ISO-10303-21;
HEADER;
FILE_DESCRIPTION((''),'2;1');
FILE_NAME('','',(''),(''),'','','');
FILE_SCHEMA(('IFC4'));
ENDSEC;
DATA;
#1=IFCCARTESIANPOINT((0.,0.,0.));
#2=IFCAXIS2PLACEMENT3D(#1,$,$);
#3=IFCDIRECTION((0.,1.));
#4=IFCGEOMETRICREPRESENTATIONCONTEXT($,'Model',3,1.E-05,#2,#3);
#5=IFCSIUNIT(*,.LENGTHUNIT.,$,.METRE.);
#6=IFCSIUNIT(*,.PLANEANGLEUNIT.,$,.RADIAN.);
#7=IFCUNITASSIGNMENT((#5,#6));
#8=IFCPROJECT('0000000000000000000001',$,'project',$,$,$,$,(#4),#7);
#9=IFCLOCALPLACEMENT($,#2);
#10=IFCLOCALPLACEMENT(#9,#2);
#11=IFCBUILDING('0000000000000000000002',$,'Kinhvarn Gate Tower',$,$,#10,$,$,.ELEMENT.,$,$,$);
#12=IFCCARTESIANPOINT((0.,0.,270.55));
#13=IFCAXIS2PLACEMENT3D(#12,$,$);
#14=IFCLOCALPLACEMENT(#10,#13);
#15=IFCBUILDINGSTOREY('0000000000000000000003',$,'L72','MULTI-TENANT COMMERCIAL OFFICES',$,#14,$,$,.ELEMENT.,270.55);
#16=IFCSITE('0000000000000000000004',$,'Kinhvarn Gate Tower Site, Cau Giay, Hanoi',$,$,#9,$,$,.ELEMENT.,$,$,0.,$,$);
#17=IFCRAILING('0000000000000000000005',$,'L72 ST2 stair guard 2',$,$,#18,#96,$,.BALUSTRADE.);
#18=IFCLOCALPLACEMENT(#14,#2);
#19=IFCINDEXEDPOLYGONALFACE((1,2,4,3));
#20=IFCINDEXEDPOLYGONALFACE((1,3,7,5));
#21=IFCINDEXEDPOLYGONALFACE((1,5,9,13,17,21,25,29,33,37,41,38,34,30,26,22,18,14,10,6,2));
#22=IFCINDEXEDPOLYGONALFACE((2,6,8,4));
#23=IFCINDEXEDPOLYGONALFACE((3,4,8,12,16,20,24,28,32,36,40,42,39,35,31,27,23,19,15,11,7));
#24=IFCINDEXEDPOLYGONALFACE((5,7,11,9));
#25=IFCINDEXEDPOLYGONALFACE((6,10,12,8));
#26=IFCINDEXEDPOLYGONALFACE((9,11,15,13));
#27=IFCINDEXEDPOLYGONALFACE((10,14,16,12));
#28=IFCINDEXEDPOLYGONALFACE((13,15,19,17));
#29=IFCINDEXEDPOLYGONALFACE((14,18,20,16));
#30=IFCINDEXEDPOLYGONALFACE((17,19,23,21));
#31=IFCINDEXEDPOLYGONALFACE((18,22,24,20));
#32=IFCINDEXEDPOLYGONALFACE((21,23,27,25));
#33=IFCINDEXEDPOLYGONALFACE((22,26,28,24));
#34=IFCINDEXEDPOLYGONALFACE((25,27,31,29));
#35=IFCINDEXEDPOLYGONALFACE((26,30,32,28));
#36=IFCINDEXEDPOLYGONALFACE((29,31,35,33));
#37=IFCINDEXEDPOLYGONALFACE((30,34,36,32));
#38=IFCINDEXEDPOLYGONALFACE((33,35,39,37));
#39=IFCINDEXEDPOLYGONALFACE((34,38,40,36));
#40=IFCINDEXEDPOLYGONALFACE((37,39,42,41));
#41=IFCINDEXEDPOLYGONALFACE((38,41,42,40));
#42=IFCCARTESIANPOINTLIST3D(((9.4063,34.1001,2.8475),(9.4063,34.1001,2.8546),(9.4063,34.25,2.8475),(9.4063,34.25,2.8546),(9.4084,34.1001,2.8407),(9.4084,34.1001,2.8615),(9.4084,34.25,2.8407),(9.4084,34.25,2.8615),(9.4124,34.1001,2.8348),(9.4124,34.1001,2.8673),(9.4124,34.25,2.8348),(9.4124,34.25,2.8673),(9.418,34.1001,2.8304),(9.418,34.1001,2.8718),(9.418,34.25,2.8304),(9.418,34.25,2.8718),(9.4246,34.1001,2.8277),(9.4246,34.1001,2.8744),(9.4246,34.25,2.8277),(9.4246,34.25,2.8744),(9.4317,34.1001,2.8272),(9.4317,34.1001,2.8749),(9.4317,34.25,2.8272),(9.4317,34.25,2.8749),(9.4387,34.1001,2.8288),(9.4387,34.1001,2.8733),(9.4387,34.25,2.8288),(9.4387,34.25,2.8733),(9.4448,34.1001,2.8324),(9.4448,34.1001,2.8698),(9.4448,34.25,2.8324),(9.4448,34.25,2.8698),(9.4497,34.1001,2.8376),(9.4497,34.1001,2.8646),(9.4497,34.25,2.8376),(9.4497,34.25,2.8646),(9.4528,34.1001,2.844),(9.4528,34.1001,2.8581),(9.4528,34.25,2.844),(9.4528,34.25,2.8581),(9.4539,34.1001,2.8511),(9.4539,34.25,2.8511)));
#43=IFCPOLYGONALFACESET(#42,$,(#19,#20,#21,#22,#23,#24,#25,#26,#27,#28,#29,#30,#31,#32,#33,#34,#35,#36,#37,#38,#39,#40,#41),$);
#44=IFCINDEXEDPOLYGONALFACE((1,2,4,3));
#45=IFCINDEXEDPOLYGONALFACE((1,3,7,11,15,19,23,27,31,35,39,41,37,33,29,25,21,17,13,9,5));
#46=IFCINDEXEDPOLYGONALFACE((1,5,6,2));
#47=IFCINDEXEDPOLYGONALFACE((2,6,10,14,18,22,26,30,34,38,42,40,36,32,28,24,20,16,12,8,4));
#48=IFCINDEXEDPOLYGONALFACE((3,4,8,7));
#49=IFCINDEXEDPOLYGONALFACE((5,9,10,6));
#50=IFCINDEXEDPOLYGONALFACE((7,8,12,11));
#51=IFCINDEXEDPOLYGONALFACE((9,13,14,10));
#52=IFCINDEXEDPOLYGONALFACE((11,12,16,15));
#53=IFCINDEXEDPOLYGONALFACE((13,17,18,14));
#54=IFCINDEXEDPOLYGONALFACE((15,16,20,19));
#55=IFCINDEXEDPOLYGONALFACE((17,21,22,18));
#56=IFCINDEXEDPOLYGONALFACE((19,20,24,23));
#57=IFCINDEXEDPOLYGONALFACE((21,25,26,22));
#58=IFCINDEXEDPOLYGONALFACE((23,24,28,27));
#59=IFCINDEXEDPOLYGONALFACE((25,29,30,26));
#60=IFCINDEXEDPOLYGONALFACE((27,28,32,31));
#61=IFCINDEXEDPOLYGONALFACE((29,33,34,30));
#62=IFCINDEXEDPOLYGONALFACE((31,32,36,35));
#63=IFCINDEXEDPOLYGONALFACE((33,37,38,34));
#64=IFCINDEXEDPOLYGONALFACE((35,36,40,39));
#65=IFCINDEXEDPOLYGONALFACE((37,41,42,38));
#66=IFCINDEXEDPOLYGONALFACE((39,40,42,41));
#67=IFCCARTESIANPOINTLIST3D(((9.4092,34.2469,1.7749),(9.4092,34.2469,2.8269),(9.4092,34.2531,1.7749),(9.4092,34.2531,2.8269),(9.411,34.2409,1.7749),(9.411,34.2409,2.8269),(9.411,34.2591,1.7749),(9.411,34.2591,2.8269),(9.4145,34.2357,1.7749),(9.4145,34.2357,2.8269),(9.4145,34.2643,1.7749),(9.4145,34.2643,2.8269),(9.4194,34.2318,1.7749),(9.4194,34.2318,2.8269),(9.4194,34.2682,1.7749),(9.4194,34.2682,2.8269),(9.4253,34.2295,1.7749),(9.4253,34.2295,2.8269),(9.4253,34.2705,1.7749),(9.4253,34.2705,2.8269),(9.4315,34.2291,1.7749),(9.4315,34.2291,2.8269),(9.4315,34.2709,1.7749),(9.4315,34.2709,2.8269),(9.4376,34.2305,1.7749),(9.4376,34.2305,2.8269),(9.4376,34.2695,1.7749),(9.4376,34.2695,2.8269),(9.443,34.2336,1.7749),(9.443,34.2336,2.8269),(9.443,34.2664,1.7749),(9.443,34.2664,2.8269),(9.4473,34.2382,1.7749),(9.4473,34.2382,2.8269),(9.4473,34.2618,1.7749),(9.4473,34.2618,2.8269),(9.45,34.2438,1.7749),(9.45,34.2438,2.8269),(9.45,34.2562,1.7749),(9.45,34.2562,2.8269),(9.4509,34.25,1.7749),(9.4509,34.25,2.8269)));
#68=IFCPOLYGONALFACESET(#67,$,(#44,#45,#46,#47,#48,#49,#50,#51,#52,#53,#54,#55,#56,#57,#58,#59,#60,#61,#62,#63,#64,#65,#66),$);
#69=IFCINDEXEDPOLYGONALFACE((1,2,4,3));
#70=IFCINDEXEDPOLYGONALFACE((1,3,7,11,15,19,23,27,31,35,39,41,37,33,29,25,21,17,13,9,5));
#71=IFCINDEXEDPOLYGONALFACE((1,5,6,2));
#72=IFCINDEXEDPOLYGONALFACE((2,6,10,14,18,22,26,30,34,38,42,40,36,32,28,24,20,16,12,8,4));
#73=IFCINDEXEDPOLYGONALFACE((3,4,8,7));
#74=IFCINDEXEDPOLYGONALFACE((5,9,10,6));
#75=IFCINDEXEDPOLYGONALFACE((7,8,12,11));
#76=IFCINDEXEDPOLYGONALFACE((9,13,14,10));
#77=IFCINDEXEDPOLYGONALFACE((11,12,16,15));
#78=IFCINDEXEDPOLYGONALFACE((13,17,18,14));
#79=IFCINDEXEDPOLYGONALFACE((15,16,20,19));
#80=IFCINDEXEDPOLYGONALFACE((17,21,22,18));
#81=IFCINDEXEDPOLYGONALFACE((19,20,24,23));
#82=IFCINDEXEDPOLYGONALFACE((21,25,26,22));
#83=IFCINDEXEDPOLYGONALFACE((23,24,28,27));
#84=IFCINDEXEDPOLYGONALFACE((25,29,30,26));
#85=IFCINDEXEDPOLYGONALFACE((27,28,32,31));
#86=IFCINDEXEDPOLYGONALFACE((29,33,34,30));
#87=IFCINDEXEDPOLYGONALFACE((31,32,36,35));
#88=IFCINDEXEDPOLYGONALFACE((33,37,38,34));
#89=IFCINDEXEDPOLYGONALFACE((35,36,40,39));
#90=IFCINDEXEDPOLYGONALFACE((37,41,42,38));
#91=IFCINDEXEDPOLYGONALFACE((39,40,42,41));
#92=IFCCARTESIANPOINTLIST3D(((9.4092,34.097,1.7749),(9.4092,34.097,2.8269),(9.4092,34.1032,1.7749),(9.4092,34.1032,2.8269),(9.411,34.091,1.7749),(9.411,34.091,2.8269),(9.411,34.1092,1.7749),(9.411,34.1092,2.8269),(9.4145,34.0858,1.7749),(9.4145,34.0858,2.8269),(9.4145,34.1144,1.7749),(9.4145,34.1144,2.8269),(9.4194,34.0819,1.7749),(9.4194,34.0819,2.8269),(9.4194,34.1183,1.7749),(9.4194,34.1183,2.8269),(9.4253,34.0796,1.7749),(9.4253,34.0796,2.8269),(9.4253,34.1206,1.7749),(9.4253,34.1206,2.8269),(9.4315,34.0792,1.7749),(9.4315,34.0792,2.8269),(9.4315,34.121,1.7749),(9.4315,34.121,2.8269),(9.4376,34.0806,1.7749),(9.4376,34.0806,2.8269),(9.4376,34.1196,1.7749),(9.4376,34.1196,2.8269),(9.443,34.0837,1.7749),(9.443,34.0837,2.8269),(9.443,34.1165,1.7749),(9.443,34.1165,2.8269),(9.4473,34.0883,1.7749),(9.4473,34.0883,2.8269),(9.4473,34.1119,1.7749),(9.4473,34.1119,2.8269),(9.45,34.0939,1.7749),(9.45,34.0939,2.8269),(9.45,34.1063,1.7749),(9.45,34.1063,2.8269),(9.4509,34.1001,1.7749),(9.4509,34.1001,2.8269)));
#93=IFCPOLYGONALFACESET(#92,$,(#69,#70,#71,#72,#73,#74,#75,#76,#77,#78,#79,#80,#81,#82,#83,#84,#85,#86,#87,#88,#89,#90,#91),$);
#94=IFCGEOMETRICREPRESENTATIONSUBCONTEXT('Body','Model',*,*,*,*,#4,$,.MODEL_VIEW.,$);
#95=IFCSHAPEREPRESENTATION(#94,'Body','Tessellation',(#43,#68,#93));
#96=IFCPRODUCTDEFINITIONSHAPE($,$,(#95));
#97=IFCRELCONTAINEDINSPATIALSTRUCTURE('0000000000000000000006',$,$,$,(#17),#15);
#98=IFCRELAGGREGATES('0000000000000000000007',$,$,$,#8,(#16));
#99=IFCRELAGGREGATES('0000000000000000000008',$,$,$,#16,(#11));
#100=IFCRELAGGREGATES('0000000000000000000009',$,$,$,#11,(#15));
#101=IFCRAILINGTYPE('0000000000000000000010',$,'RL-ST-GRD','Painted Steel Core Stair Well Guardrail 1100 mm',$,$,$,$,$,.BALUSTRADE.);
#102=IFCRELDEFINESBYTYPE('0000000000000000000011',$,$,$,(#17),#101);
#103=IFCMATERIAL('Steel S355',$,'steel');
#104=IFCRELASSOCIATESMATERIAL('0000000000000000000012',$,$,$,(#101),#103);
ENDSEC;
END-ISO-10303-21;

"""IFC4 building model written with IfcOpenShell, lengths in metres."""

from ifc_helpers import new_model, si_unit, direction, frame, origin, origin_2d, place, context, subcontext, project, spatial, circle, extrude, material, type_object, element, save


model = new_model("IFC4")

# Units and contexts
model_context = context("Model", 3, precision=1e-05, world=origin(), true_north=direction((0.0, 1.0)))
body_context = subcontext(model_context, "Body", "Model", "MODEL_VIEW")
ifc_project = project(units=[si_unit("LENGTHUNIT", "METRE"), si_unit("PLANEANGLEUNIT", "RADIAN")], contexts=[model_context])

# Site, building, storey
site_placement = place(None, origin())
site = spatial("IfcSite", under=ifc_project, at=site_placement, Name="Kinhvarn Gate Tower Site, Cau Giay, Hanoi", CompositionType="ELEMENT", RefElevation=0.0)
building_placement = place(site_placement, origin())
building = spatial("IfcBuilding", under=site, at=building_placement, Name="Kinhvarn Gate Tower", CompositionType="ELEMENT")
storey_placement = place(building_placement, frame((0.0, 0.0, 270.55)))
storey = spatial("IfcBuildingStorey", under=building, at=storey_placement, Name="L72", Description="MULTI-TENANT COMMERCIAL OFFICES", CompositionType="ELEMENT", Elevation=270.55)

# Railing
ifc_material_1 = material(Name="Steel S355", Category="steel")
railing_type_1 = type_object("IfcRailingType", Name="RL-ST-GRD", Description="Painted Steel Core Stair Well Guardrail 1100 mm", PredefinedType="BALUSTRADE", material=ifc_material_1)
railing_1_placement = place(storey_placement, frame((9.4299, 34.25, 1.7749)))
element("IfcRailing", 1, at=railing_1_placement, inside=storey, type_object=railing_type_1, Name="L72 ST2 stair guard 2", PredefinedType="BALUSTRADE", context=body_context, shape_type="SweptSolid", body=[
    extrude(circle(Radius=0.0239, at=origin_2d()), frame((0.0, 0.0, 1.0762), z_axis=(0.0, -1.0, 0.0), x_axis=(1.0, 0.0, 0.0)), (0.0, 0.0, 1.0), 0.1499),
    extrude(circle(Radius=0.021, at=origin_2d()), origin(), (0.0, 0.0, 1.0), 1.052),
    extrude(circle(Radius=0.021, at=origin_2d()), frame((0.0, -0.1499, 0.0)), (0.0, 0.0, 1.0), 1.052),
])

save(model, "model.ifc")
